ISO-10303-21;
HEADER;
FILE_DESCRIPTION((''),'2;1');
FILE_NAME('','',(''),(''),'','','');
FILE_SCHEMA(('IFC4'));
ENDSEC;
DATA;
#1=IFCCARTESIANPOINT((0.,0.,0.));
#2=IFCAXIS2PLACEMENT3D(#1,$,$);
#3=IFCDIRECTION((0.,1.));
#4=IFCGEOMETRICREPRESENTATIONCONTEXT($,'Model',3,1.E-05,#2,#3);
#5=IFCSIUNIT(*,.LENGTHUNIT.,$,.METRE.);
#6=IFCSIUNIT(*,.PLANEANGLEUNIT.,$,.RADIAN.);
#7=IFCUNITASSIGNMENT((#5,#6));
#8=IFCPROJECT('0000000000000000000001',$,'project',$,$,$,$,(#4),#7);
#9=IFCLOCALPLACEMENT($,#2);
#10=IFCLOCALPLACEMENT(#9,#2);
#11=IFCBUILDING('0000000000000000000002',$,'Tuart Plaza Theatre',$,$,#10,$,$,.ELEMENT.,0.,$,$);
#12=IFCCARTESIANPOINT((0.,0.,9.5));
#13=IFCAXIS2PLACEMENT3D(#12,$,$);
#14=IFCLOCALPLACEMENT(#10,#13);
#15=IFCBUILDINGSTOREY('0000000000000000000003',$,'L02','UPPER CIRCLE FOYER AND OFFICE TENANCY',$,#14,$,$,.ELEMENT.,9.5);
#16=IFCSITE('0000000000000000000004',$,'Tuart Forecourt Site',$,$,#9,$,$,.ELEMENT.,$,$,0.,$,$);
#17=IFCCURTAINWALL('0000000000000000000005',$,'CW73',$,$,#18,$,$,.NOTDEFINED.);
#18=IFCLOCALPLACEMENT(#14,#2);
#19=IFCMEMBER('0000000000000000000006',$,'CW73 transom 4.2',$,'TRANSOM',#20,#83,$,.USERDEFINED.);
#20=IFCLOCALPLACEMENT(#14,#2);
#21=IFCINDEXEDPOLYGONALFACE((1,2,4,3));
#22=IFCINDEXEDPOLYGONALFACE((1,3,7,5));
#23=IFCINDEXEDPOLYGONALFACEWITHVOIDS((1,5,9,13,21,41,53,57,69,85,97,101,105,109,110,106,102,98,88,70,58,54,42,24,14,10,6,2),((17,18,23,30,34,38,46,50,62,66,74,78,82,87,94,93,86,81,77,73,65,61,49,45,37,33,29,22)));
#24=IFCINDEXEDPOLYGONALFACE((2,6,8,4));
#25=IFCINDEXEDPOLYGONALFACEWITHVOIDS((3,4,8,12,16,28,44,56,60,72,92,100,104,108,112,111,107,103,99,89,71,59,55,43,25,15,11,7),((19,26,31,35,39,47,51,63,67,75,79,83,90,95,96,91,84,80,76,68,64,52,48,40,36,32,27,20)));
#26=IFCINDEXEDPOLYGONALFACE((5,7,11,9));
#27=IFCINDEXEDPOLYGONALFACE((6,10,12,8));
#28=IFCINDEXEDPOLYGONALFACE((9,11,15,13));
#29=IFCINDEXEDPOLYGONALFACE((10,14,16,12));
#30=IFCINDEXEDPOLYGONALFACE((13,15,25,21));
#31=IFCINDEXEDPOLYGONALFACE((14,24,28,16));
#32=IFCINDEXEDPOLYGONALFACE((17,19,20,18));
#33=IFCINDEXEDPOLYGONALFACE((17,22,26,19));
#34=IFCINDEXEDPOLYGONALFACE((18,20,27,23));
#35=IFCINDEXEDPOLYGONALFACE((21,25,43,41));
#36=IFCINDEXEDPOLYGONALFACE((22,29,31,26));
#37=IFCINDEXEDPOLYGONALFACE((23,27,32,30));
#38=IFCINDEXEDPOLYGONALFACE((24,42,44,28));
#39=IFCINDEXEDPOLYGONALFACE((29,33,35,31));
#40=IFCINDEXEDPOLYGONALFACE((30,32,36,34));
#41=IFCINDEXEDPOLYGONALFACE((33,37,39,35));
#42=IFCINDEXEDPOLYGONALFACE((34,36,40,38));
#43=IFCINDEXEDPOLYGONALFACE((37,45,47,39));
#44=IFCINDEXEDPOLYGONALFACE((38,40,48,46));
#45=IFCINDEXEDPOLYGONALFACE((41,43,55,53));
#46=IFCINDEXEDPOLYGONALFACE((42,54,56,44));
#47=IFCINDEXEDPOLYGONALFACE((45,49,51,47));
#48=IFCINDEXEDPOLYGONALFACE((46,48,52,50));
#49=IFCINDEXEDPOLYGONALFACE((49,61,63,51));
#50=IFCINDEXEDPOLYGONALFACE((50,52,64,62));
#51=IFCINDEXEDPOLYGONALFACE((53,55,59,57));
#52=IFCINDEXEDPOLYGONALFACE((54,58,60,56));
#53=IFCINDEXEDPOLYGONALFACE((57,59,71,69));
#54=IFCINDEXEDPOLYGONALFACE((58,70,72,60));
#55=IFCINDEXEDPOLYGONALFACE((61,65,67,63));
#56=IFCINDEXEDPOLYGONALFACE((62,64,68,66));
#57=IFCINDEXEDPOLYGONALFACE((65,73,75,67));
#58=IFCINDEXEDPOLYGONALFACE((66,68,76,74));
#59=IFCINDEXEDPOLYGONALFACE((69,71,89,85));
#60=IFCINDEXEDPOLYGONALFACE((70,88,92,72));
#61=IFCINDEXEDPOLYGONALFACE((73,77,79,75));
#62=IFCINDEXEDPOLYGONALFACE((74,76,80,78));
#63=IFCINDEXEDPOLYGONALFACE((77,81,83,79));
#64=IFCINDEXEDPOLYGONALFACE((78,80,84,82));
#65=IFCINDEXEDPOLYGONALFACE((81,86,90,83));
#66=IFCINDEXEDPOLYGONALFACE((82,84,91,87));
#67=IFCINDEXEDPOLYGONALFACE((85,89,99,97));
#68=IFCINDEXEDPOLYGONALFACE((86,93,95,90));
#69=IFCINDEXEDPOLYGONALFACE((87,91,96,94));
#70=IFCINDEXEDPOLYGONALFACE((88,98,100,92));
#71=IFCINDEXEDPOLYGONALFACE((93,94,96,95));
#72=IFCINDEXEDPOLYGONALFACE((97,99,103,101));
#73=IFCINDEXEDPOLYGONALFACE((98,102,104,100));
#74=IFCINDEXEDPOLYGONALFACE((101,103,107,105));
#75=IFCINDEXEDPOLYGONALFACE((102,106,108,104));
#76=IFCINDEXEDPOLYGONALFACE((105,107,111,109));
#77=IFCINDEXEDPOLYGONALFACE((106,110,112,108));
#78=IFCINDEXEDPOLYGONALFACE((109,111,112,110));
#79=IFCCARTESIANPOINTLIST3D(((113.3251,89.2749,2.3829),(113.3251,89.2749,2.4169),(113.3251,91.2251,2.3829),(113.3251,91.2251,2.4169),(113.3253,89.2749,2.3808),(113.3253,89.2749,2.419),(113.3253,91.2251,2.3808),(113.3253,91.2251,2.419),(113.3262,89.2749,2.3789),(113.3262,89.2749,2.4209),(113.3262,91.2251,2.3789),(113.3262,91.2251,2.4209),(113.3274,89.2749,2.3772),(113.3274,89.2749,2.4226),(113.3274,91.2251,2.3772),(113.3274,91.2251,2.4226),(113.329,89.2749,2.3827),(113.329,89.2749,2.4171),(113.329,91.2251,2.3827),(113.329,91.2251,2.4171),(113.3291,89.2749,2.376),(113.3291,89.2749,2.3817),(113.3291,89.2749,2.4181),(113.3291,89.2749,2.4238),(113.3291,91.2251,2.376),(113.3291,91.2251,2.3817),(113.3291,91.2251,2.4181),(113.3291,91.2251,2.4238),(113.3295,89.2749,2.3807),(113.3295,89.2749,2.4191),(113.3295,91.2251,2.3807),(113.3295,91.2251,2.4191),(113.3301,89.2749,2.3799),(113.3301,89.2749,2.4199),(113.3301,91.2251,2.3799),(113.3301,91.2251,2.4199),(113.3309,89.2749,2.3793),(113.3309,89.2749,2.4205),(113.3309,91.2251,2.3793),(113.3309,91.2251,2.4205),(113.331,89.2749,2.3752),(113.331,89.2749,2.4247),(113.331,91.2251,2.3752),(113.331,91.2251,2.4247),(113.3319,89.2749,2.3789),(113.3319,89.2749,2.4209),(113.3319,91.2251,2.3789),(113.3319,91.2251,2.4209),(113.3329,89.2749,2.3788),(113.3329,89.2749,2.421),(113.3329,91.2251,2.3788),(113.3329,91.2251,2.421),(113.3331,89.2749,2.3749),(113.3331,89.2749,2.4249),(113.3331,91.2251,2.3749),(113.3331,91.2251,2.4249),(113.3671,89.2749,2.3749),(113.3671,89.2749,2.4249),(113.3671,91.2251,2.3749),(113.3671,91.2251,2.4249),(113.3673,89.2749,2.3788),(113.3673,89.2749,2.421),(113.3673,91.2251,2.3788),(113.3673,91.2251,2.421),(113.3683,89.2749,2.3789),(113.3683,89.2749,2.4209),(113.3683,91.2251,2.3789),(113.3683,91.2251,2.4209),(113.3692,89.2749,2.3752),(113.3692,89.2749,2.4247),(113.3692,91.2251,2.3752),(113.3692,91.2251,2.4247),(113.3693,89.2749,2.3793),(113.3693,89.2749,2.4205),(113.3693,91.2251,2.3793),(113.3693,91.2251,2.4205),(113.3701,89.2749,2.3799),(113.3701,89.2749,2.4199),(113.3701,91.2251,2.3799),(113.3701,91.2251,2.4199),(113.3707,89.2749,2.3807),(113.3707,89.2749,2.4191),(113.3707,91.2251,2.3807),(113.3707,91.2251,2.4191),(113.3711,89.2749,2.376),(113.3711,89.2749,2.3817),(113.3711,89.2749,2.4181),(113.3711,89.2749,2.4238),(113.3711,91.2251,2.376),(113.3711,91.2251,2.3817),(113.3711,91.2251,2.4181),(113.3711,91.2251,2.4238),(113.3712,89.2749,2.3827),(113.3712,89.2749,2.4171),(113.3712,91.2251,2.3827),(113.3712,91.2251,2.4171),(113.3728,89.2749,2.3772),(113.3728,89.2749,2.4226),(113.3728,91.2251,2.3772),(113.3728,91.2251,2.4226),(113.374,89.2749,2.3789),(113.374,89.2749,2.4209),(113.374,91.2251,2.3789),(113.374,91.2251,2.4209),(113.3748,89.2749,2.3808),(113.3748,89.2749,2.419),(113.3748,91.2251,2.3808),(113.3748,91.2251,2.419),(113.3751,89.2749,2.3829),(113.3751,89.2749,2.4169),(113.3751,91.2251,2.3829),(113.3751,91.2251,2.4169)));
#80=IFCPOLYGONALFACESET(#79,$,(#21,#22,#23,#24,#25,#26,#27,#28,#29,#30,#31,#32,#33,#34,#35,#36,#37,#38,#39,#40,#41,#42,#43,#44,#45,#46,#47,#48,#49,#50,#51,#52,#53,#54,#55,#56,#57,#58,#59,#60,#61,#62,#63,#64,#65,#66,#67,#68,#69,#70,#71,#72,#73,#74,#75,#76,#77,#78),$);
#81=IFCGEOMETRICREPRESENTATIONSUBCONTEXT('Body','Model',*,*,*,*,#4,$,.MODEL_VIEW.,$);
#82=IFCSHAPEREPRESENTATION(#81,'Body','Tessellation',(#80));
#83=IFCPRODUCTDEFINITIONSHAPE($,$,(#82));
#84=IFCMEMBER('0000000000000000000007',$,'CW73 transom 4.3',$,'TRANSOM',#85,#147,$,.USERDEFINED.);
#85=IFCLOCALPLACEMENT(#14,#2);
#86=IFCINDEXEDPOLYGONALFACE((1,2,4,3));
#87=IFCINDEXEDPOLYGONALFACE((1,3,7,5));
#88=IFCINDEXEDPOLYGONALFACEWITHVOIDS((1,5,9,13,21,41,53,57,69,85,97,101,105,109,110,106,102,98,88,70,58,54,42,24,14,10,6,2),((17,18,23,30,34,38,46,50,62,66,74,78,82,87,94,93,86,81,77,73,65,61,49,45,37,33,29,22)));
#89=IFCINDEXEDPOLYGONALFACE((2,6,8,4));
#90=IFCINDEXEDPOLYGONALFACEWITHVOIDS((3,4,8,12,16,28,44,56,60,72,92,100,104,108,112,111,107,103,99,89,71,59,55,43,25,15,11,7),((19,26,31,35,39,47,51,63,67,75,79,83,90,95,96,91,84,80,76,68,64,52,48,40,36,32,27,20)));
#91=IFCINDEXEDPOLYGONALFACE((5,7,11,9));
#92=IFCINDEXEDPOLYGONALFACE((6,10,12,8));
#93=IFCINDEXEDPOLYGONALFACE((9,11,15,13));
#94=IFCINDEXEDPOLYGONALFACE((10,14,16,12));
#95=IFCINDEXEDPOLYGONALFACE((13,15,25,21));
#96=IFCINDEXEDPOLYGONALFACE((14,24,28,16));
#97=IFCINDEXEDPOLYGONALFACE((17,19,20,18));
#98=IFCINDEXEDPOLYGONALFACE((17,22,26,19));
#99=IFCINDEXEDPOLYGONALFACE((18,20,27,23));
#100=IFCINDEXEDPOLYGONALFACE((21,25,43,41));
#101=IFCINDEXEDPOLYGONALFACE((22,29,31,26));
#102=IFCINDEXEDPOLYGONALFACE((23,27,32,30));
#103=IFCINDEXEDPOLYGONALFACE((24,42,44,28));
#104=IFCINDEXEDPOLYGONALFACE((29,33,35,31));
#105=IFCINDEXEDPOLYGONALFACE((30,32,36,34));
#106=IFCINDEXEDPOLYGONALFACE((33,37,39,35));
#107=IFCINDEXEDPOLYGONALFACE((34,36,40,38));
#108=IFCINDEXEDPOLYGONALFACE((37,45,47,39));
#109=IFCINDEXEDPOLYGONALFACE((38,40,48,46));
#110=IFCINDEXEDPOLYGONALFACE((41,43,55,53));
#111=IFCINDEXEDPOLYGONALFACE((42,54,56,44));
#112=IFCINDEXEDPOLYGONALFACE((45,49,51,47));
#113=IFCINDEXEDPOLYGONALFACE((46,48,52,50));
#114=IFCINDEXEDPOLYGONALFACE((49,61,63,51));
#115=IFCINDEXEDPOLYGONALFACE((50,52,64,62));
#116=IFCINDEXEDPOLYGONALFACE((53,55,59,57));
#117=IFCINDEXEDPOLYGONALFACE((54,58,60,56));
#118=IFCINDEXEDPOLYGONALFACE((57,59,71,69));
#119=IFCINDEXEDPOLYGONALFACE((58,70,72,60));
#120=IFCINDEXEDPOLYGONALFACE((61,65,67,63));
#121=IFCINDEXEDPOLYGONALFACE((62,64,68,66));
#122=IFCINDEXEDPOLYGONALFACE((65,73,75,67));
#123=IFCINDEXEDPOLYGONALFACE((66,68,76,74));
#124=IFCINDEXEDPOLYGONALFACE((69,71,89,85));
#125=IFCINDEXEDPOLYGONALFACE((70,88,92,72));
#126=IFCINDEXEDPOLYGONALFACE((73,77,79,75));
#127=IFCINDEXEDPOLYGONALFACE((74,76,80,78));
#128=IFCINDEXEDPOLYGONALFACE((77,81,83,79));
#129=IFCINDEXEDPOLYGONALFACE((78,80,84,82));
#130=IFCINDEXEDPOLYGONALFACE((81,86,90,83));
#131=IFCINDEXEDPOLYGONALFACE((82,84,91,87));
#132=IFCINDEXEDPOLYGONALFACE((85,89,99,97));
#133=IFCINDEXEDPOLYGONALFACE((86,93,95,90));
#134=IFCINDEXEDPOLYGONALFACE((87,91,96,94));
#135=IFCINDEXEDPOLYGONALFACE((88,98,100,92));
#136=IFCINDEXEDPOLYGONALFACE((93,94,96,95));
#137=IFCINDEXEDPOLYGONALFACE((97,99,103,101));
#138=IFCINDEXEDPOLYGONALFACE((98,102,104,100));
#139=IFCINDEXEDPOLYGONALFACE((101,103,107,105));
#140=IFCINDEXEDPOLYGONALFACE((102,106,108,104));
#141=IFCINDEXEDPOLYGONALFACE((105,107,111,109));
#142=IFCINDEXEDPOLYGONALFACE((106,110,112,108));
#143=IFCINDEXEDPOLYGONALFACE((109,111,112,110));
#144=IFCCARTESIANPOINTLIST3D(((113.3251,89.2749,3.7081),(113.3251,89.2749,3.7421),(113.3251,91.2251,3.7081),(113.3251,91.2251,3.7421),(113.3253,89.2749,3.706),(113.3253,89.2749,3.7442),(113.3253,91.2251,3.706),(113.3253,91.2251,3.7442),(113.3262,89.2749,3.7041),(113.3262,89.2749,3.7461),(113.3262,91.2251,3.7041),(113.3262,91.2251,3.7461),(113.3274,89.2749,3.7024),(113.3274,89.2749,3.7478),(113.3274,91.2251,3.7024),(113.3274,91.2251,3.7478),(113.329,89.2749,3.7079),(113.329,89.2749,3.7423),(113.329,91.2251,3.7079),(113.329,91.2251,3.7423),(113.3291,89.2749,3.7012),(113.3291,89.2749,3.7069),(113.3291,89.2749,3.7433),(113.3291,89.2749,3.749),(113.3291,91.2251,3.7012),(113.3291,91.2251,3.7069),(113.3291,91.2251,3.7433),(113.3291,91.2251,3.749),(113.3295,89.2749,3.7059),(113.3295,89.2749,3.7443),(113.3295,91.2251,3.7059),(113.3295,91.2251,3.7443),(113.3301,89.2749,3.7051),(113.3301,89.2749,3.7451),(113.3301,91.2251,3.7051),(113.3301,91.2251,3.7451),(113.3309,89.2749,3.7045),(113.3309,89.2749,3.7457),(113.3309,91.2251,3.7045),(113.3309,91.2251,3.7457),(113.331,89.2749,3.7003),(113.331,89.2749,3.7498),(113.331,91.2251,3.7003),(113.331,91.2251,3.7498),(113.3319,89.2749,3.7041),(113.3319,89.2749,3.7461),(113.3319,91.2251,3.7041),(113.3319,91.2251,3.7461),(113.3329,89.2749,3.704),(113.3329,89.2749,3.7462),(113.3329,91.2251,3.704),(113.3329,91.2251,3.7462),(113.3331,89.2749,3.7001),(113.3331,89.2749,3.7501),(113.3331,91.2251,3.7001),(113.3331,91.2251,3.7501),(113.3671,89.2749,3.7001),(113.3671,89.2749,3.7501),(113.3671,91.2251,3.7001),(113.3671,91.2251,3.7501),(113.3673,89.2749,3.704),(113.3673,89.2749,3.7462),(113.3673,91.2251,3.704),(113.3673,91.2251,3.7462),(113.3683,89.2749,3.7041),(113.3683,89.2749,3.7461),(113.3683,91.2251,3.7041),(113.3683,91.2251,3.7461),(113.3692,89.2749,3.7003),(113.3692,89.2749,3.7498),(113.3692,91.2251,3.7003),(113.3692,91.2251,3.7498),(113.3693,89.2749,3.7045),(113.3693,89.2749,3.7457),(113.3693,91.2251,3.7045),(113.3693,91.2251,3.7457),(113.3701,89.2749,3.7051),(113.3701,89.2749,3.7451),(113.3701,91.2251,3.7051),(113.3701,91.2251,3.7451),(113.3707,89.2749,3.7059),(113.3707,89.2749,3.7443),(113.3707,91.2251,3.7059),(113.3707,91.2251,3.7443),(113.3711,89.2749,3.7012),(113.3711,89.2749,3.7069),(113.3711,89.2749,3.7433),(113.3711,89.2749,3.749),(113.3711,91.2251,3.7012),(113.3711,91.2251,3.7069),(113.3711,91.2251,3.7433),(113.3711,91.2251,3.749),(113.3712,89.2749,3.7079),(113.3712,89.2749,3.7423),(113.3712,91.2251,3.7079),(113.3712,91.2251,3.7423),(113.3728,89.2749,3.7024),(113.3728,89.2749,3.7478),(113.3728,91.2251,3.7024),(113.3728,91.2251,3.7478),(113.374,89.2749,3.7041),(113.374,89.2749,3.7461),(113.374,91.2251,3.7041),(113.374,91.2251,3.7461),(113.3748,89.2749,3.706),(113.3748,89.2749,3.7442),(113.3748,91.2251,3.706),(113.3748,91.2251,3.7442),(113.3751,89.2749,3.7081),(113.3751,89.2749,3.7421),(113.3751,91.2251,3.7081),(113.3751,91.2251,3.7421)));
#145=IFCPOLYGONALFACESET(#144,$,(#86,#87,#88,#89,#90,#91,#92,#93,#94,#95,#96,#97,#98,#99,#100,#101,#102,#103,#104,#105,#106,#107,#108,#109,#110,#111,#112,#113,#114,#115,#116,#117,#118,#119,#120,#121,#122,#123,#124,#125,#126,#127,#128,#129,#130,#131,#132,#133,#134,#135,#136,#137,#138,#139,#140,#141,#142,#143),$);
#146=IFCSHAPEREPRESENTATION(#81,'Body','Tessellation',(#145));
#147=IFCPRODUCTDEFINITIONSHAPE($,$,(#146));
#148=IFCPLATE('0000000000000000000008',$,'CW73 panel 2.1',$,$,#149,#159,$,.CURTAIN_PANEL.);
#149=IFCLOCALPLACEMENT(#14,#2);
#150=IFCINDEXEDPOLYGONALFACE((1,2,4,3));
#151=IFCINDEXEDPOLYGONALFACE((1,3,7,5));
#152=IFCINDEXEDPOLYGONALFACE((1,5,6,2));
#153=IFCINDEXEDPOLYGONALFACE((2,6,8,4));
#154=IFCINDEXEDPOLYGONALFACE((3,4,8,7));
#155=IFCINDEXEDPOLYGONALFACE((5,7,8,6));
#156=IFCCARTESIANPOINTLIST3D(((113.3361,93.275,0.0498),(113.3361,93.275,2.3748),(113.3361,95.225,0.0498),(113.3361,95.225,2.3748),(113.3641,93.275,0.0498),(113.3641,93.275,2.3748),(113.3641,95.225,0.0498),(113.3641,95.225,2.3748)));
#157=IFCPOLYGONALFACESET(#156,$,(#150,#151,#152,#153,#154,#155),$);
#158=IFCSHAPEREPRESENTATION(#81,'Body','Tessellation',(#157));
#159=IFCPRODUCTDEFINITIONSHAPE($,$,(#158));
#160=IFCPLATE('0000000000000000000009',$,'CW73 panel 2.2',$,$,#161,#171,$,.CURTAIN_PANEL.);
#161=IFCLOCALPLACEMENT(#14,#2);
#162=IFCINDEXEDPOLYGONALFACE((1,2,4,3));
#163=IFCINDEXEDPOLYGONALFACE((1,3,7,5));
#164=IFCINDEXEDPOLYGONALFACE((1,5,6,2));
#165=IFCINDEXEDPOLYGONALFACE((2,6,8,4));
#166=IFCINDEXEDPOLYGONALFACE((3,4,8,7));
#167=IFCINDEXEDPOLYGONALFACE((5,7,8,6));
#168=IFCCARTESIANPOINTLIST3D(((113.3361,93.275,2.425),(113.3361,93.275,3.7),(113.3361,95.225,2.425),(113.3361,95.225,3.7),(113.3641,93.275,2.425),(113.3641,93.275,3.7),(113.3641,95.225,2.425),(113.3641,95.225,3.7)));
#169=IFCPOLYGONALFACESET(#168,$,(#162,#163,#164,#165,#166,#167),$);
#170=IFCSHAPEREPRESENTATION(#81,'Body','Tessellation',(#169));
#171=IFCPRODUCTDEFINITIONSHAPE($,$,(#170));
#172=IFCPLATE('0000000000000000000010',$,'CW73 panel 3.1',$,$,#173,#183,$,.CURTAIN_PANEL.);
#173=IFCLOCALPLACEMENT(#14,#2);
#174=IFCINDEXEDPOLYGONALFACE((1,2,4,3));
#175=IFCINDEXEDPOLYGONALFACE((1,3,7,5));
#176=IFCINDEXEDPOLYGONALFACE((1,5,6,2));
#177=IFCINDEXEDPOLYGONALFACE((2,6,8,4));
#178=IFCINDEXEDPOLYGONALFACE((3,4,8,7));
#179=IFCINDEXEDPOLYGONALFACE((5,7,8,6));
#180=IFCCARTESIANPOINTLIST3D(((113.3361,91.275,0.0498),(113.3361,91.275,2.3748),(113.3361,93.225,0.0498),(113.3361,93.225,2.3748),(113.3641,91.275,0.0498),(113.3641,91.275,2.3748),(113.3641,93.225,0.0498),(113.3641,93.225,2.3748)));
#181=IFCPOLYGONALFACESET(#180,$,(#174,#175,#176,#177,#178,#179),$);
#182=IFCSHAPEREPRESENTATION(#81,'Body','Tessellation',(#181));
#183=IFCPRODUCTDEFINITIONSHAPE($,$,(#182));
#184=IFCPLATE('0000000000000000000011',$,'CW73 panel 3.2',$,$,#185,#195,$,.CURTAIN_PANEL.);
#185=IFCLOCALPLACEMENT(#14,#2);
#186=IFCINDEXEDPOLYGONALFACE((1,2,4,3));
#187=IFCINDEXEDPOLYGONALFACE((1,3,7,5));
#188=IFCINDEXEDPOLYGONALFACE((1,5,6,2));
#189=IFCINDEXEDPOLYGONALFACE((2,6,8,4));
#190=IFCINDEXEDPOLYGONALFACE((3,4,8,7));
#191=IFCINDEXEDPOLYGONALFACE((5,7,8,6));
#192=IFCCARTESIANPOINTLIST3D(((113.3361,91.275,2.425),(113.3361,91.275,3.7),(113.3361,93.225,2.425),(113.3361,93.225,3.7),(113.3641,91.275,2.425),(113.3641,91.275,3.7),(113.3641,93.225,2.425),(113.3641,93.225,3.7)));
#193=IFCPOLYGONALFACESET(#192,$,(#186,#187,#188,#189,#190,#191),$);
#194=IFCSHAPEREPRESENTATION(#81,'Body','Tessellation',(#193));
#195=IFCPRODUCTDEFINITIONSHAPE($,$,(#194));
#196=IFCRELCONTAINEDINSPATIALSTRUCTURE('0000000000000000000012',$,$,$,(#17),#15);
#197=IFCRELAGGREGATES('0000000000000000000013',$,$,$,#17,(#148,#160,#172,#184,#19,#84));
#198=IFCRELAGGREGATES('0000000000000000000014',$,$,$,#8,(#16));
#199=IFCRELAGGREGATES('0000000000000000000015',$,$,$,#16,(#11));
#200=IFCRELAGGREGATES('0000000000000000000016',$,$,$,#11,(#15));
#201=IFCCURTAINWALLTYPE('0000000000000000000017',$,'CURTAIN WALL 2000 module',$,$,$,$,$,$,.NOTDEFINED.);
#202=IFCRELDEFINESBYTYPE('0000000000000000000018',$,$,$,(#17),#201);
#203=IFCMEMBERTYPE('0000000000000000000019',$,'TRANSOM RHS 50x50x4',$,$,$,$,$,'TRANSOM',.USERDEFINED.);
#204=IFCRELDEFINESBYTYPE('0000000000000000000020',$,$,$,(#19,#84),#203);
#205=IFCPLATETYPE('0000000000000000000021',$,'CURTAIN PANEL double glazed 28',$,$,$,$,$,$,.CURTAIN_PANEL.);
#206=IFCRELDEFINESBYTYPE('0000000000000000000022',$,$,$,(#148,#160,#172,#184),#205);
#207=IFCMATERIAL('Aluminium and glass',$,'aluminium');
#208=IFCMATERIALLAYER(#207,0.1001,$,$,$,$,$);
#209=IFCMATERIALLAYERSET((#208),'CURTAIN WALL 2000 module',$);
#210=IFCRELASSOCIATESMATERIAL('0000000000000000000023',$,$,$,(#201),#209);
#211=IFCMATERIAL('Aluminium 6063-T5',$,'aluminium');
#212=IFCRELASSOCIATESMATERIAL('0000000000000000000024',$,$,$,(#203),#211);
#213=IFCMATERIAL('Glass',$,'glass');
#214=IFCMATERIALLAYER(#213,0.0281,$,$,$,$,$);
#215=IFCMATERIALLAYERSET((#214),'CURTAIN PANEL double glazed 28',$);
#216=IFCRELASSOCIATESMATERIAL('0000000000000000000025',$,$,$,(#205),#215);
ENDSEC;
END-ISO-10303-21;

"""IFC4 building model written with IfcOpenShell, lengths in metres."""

from ifc_helpers import new_model, si_unit, direction, frame, origin, origin_2d, place, context, subcontext, project, spatial, rectangle, hollow_rectangle, extrude, material, layer, layer_set, material_profile, profile_set, type_object, element, aggregate, save


model = new_model("IFC4")

# Units and contexts
model_context = context("Model", 3, precision=1e-05, world=origin(), true_north=direction((0.0, 1.0)))
body_context = subcontext(model_context, "Body", "Model", "MODEL_VIEW")
ifc_project = project(units=[si_unit("LENGTHUNIT", "METRE"), si_unit("PLANEANGLEUNIT", "RADIAN")], contexts=[model_context])

# Site, building, storey
site_placement = place(None, origin())
site = spatial("IfcSite", under=ifc_project, at=site_placement, Name="Tuart Forecourt Site", CompositionType="ELEMENT", RefElevation=0.0)
building_placement = place(site_placement, origin())
building = spatial("IfcBuilding", under=site, at=building_placement, Name="Tuart Plaza Theatre", CompositionType="ELEMENT", ElevationOfRefHeight=0.0)
storey_placement = place(building_placement, frame((0.0, 0.0, 9.5)))
storey = spatial("IfcBuildingStorey", under=building, at=storey_placement, Name="L02", Description="UPPER CIRCLE FOYER AND OFFICE TENANCY", CompositionType="ELEMENT", Elevation=9.5)

# Curtain wall, members, plates
ifc_material_1 = material(Name="Aluminium and glass", Category="aluminium")
ifc_layer_1 = layer(ifc_material_1, 0.1001)
ifc_layer_set_1 = layer_set([ifc_layer_1], Name="CURTAIN WALL 2000 module")
curtain_wall_type = type_object("IfcCurtainWallType", Name="CURTAIN WALL 2000 module", PredefinedType="NOTDEFINED", material=ifc_layer_set_1)
curtain_wall_placement = place(storey_placement, origin())
curtain_wall = element("IfcCurtainWall", 1, at=curtain_wall_placement, inside=storey, type_object=curtain_wall_type, Name="CW73", PredefinedType="NOTDEFINED")
ifc_material_2 = material(Name="Aluminium 6063-T5", Category="aluminium")
ifc_material_profile_1 = material_profile(ifc_material_2, hollow_rectangle(XDim=0.05, YDim=0.05, WallThickness=0.0039, InnerFilletRadius=0.0039, OuterFilletRadius=0.0081, at=origin_2d()), Name="RHS 50x50x4")
ifc_profile_set_1 = profile_set([ifc_material_profile_1], Name="Aluminium 6063-T5")
member_type_1 = type_object("IfcMemberType", Name="TRANSOM RHS 50x50x4", ElementType="TRANSOM", PredefinedType="USERDEFINED", material=ifc_profile_set_1)
member_1_placement = place(storey_placement, frame((113.3501, 91.2251, 2.3999), z_axis=(0.0, -1.0, 0.0), x_axis=(1.0, 0.0, 0.0)))
member_1 = element("IfcMember", 2, at=member_1_placement, type_object=member_type_1, Name="CW73 transom 4.2", ObjectType="TRANSOM", PredefinedType="USERDEFINED", context=body_context, shape_type="SweptSolid", body=[
    extrude(hollow_rectangle(XDim=0.05, YDim=0.05, WallThickness=0.0039, InnerFilletRadius=0.0039, OuterFilletRadius=0.0081, at=origin_2d()), origin(), (0.0, 0.0, 1.0), 1.9502),
])
member_2_placement = place(storey_placement, frame((113.3501, 91.2251, 3.7251), z_axis=(0.0, -1.0, 0.0), x_axis=(1.0, 0.0, 0.0)))
member_2 = element("IfcMember", 3, at=member_2_placement, type_object=member_type_1, Name="CW73 transom 4.3", ObjectType="TRANSOM", PredefinedType="USERDEFINED", context=body_context, shape_type="SweptSolid", body=[
    extrude(hollow_rectangle(XDim=0.05, YDim=0.05, WallThickness=0.0039, InnerFilletRadius=0.0039, OuterFilletRadius=0.0081, at=origin_2d()), origin(), (0.0, 0.0, 1.0), 1.9502),
])
ifc_material_3 = material(Name="Glass", Category="glass")
ifc_layer_2 = layer(ifc_material_3, 0.0281)
ifc_layer_set_2 = layer_set([ifc_layer_2], Name="CURTAIN PANEL double glazed 28")
plate_type = type_object("IfcPlateType", Name="CURTAIN PANEL double glazed 28", PredefinedType="CURTAIN_PANEL", material=ifc_layer_set_2)
plate_1_placement = place(storey_placement, frame((113.3501, 94.25, 0.0498), z_axis=(0.0, 0.0, 1.0), x_axis=(0.0, -1.0, 0.0)))
plate_1 = element("IfcPlate", 4, at=plate_1_placement, type_object=plate_type, Name="CW73 panel 2.1", PredefinedType="CURTAIN_PANEL", context=body_context, shape_type="SweptSolid", body=[
    extrude(rectangle(XDim=1.95, YDim=0.0281, at=origin_2d()), origin(), (0.0, 0.0, 1.0), 2.325),
])
plate_2_placement = place(storey_placement, frame((113.3501, 94.25, 2.425), z_axis=(0.0, 0.0, 1.0), x_axis=(0.0, -1.0, 0.0)))
plate_2 = element("IfcPlate", 5, at=plate_2_placement, type_object=plate_type, Name="CW73 panel 2.2", PredefinedType="CURTAIN_PANEL", context=body_context, shape_type="SweptSolid", body=[
    extrude(rectangle(XDim=1.95, YDim=0.0281, at=origin_2d()), origin(), (0.0, 0.0, 1.0), 1.2749),
])
plate_3_placement = place(storey_placement, frame((113.3501, 92.25, 0.0498), z_axis=(0.0, 0.0, 1.0), x_axis=(0.0, -1.0, 0.0)))
plate_3 = element("IfcPlate", 6, at=plate_3_placement, type_object=plate_type, Name="CW73 panel 3.1", PredefinedType="CURTAIN_PANEL", context=body_context, shape_type="SweptSolid", body=[
    extrude(rectangle(XDim=1.95, YDim=0.0281, at=origin_2d()), origin(), (0.0, 0.0, 1.0), 2.325),
])
plate_4_placement = place(storey_placement, frame((113.3501, 92.25, 2.425), z_axis=(0.0, 0.0, 1.0), x_axis=(0.0, -1.0, 0.0)))
plate_4 = element("IfcPlate", 7, at=plate_4_placement, type_object=plate_type, Name="CW73 panel 3.2", PredefinedType="CURTAIN_PANEL", context=body_context, shape_type="SweptSolid", body=[
    extrude(rectangle(XDim=1.95, YDim=0.0281, at=origin_2d()), origin(), (0.0, 0.0, 1.0), 1.2749),
])
aggregate(curtain_wall, [plate_1, plate_2, plate_3, plate_4, member_1, member_2])

save(model, "model.ifc")
